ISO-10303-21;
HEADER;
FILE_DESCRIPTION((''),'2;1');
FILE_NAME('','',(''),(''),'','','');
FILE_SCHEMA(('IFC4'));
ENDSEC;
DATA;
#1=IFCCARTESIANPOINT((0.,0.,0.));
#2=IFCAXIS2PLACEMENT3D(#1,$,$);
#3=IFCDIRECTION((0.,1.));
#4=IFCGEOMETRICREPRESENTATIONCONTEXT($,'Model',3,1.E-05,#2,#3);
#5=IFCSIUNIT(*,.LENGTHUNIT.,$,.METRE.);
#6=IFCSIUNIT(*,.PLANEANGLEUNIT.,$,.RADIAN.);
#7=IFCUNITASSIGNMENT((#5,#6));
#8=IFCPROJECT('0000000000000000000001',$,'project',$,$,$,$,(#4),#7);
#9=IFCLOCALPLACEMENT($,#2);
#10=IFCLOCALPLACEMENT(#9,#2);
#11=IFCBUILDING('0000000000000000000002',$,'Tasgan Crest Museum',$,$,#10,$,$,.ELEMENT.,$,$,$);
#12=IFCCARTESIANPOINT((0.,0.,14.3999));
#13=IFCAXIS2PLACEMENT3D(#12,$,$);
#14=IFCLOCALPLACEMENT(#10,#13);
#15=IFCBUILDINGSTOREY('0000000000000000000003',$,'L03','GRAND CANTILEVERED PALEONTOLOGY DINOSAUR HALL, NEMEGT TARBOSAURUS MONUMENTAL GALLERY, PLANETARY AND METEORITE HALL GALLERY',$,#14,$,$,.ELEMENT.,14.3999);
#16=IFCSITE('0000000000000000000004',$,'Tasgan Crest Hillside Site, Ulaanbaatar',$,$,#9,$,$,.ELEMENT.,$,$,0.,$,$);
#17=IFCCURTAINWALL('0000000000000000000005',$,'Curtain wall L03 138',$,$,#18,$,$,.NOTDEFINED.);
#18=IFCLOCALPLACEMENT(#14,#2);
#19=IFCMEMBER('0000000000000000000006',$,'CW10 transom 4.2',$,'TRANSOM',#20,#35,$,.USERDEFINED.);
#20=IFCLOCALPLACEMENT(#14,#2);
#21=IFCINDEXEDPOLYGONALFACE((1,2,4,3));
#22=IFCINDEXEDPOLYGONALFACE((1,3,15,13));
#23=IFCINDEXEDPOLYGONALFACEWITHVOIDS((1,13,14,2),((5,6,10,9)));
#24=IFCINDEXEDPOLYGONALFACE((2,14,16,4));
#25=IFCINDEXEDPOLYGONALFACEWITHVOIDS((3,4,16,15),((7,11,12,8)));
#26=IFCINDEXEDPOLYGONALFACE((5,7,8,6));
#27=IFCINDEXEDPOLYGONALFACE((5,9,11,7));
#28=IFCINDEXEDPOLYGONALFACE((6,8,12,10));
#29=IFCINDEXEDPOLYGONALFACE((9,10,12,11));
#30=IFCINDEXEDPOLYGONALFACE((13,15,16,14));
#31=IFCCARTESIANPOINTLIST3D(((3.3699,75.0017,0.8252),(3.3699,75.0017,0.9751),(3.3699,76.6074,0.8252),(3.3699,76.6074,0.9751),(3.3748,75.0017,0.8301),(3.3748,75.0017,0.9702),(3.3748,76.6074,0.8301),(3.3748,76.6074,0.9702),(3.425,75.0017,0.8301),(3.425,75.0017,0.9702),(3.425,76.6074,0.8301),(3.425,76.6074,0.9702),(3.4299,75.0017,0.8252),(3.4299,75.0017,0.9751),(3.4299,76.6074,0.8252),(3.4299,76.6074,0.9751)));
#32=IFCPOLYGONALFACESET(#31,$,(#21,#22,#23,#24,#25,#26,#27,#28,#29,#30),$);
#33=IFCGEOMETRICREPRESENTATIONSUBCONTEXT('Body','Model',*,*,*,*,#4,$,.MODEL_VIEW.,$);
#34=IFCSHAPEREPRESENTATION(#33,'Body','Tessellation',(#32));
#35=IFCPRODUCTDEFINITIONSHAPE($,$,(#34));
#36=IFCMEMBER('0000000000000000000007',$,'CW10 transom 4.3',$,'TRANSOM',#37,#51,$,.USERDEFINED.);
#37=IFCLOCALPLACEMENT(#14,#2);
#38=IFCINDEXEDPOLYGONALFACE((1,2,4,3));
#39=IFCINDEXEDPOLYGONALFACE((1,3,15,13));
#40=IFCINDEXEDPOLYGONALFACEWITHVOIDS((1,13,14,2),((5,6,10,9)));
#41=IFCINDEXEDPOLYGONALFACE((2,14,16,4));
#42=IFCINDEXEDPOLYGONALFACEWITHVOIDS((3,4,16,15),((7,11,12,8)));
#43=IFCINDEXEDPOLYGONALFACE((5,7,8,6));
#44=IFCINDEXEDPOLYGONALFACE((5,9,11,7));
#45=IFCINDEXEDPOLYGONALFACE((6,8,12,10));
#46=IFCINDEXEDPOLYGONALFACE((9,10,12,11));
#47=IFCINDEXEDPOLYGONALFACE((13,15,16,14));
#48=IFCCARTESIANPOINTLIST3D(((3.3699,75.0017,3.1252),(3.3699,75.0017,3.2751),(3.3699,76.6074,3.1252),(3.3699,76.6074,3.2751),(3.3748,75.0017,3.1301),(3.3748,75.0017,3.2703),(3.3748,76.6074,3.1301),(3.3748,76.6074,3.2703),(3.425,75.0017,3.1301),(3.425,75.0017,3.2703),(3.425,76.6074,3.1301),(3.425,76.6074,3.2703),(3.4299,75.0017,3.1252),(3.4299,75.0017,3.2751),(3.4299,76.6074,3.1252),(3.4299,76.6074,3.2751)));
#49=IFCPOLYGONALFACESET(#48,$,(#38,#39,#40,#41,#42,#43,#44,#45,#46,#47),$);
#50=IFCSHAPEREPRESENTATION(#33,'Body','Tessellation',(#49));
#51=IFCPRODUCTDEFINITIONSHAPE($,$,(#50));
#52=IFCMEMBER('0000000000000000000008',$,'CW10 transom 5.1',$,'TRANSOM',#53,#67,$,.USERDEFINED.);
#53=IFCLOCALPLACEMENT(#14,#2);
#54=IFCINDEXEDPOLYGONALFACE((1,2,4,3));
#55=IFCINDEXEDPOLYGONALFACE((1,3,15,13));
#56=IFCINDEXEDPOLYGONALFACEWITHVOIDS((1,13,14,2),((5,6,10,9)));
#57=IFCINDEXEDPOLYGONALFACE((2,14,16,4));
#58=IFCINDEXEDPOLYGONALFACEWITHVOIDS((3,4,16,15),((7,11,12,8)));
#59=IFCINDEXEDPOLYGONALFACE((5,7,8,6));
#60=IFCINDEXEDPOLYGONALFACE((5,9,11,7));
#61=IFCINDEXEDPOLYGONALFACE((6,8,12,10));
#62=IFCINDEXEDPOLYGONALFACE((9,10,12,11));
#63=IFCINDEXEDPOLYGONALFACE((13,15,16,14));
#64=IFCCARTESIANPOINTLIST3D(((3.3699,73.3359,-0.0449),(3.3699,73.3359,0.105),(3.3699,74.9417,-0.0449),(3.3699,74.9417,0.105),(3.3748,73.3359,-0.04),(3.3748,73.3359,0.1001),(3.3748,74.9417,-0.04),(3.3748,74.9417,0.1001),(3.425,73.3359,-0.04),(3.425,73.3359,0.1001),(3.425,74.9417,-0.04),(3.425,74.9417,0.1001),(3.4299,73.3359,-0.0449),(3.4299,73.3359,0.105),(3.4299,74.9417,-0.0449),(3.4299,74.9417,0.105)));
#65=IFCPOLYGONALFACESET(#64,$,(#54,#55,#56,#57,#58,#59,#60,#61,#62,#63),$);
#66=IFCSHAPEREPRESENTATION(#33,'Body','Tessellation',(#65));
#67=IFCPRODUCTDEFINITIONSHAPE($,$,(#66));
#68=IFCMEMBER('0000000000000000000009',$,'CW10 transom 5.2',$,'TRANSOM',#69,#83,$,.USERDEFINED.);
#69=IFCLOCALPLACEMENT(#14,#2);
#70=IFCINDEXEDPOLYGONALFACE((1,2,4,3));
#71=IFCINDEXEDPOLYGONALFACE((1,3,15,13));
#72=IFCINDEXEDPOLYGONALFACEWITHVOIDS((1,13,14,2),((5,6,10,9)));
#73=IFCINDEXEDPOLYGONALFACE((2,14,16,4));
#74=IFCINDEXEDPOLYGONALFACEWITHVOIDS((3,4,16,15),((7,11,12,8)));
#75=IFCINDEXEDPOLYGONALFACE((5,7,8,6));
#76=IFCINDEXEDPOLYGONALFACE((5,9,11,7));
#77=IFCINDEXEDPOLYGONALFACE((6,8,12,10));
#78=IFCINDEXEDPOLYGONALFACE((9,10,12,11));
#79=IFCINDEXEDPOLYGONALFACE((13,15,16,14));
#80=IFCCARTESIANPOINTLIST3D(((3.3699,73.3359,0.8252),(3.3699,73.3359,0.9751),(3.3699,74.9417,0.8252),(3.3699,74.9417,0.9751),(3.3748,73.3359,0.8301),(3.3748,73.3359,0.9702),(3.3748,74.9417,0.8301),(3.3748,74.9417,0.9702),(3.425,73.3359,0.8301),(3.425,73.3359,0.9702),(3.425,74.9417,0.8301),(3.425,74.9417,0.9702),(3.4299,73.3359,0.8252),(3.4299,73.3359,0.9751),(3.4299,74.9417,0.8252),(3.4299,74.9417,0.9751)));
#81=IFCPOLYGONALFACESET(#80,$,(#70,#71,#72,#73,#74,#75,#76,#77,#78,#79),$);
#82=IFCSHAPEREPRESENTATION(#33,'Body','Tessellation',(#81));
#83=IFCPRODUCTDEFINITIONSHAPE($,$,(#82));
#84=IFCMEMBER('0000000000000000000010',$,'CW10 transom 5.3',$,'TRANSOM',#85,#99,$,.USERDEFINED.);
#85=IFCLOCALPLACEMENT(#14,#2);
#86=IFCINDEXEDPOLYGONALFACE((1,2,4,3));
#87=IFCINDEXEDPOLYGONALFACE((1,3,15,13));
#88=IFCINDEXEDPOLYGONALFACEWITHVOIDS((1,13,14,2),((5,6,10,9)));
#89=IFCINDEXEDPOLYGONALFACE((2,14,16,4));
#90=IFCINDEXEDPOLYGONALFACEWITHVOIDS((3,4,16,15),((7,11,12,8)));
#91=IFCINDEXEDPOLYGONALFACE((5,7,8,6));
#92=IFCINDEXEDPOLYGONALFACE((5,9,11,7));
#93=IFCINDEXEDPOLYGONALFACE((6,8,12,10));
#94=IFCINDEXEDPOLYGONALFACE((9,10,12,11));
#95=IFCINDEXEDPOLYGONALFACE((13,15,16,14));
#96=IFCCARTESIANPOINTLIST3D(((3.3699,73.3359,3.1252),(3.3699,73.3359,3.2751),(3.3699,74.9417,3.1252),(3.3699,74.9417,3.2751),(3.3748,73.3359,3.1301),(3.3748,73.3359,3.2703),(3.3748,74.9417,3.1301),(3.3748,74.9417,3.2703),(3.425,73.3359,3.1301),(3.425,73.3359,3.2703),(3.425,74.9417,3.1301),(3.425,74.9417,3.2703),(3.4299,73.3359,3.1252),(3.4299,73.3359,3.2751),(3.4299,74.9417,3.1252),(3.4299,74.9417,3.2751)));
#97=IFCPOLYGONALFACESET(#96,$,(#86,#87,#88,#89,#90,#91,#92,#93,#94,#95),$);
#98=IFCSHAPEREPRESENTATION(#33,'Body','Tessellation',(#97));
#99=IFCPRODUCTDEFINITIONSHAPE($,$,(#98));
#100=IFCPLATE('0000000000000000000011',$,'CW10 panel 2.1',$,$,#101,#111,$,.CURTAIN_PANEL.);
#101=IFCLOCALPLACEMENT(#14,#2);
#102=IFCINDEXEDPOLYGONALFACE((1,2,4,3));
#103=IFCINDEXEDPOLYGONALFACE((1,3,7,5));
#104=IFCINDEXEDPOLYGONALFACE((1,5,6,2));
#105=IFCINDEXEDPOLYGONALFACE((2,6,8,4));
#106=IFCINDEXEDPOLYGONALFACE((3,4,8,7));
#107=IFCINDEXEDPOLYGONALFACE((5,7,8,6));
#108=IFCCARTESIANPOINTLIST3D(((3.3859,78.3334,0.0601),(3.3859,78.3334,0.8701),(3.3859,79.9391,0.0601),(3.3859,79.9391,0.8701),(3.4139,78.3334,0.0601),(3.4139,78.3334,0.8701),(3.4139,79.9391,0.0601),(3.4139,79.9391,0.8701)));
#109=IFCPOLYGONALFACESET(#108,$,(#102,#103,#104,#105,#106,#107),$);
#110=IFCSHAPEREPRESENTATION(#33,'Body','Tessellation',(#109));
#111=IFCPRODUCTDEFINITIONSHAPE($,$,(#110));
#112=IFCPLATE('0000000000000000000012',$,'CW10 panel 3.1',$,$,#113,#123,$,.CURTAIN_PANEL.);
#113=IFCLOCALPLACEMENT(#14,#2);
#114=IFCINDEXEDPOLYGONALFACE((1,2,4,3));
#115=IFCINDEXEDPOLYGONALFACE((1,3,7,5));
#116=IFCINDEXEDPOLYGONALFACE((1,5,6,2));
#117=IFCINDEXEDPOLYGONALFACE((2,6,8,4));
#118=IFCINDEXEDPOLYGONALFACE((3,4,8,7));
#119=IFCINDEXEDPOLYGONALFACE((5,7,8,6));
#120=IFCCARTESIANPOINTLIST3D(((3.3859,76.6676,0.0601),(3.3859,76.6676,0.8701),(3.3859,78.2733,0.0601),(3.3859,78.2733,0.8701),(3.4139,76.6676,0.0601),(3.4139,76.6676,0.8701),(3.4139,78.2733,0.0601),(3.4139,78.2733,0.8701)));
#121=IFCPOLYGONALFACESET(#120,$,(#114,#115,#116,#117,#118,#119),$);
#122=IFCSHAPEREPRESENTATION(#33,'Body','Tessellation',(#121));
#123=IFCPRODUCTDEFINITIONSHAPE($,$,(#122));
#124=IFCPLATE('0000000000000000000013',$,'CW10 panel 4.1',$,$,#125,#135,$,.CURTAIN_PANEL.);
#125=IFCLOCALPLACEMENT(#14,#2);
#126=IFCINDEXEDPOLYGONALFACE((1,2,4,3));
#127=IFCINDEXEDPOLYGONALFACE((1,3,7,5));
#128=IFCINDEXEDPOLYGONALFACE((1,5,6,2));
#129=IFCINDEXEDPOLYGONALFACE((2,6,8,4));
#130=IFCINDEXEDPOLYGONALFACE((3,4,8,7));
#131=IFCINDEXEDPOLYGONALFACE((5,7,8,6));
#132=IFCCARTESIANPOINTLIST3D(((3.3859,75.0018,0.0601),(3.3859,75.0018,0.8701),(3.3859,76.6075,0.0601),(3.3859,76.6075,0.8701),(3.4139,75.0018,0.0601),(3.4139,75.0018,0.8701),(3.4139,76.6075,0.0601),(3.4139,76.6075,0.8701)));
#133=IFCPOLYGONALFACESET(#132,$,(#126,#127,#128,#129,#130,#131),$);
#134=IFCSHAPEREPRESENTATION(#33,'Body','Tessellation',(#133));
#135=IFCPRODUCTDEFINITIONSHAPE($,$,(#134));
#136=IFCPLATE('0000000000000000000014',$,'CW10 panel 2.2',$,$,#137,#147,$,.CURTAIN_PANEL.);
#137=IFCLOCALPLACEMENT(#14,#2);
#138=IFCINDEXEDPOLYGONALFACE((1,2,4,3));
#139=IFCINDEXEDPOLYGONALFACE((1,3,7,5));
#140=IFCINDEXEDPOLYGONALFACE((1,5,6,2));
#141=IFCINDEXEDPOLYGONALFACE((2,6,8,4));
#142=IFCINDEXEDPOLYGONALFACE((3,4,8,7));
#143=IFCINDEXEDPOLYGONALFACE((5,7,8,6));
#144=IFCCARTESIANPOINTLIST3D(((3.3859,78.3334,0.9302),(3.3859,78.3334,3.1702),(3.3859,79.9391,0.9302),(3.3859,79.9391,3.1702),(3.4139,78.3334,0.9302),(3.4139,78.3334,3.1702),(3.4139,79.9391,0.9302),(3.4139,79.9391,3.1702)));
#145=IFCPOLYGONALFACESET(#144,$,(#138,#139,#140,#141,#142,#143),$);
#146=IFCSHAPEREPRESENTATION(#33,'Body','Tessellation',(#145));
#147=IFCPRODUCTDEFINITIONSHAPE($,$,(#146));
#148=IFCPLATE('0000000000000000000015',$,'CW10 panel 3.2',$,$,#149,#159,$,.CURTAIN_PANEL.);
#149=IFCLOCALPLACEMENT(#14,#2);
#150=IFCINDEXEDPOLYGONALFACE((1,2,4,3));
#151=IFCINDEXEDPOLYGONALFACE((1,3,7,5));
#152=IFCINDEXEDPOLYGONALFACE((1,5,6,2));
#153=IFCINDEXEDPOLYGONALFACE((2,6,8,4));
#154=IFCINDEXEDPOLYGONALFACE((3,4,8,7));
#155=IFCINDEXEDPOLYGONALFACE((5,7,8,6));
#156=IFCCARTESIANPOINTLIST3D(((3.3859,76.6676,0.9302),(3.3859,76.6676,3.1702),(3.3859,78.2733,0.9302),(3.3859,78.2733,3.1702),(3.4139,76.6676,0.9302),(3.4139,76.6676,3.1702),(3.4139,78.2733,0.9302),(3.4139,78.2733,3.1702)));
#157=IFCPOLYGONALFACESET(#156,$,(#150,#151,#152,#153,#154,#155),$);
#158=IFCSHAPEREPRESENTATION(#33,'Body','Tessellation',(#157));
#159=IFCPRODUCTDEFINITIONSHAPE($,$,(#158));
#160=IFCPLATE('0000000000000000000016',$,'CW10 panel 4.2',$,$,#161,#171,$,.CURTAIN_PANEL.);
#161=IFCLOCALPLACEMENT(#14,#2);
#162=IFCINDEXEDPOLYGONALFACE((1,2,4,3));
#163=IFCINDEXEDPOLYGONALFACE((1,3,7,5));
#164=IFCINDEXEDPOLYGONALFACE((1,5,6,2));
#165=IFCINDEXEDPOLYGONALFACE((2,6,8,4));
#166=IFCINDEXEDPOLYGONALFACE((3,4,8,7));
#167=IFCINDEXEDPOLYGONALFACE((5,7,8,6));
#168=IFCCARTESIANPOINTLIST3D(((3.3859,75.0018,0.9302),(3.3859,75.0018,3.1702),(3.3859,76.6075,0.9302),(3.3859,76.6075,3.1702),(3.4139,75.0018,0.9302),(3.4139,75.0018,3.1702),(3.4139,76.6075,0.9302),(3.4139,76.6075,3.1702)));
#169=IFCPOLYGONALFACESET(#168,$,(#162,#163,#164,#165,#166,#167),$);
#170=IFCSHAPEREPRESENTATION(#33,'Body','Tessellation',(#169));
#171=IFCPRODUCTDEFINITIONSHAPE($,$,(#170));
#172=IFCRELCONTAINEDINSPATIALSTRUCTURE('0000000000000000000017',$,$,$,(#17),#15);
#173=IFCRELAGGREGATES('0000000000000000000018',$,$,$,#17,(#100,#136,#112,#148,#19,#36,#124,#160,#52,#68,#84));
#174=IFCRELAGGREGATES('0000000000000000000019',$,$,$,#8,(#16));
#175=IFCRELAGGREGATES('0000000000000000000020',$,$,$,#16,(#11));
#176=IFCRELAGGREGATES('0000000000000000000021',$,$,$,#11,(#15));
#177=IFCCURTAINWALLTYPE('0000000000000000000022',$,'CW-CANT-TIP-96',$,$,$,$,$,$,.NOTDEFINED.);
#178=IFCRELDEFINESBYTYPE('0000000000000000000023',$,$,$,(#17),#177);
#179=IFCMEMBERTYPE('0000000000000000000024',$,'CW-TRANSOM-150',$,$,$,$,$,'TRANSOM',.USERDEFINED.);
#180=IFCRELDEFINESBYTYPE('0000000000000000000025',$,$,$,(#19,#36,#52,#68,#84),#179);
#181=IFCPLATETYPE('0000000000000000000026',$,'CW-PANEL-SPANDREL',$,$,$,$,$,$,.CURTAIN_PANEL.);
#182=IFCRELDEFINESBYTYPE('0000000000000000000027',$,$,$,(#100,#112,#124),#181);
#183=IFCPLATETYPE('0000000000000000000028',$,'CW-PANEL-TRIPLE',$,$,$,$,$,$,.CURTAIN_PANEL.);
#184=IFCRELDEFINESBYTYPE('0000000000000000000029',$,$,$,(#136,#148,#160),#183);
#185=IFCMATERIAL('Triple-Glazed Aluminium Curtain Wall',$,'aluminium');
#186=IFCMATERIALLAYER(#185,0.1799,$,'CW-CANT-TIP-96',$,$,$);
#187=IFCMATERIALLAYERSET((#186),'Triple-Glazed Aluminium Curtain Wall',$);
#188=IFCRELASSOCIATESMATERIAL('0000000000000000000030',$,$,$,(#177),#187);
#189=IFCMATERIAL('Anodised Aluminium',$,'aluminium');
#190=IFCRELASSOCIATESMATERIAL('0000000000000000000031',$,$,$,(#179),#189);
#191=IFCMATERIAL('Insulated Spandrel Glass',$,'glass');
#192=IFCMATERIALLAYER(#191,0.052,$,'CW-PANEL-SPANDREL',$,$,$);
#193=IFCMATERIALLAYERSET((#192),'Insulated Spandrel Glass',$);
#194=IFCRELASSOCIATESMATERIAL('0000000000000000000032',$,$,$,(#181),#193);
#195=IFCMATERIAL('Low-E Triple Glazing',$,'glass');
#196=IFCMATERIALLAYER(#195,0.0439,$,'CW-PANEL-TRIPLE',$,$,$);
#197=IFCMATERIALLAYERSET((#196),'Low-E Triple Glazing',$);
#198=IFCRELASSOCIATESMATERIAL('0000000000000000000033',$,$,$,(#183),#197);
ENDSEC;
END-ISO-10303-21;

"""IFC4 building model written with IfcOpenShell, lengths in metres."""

from ifc_helpers import new_model, si_unit, direction, frame, origin, origin_2d, place, context, subcontext, project, spatial, rectangle, hollow_rectangle, extrude, material, layer, layer_set, material_profile, profile_set, type_object, element, aggregate, save


model = new_model("IFC4")

# Units and contexts
model_context = context("Model", 3, precision=1e-05, world=origin(), true_north=direction((0.0, 1.0)))
body_context = subcontext(model_context, "Body", "Model", "MODEL_VIEW")
ifc_project = project(units=[si_unit("LENGTHUNIT", "METRE"), si_unit("PLANEANGLEUNIT", "RADIAN")], contexts=[model_context])

# Site, building, storey
site_placement = place(None, origin())
site = spatial("IfcSite", under=ifc_project, at=site_placement, Name="Tasgan Crest Hillside Site, Ulaanbaatar", CompositionType="ELEMENT", RefElevation=0.0)
building_placement = place(site_placement, origin())
building = spatial("IfcBuilding", under=site, at=building_placement, Name="Tasgan Crest Museum", CompositionType="ELEMENT")
storey_placement = place(building_placement, frame((0.0, 0.0, 14.3999)))
storey = spatial("IfcBuildingStorey", under=building, at=storey_placement, Name="L03", Description="GRAND CANTILEVERED PALEONTOLOGY DINOSAUR HALL, NEMEGT TARBOSAURUS MONUMENTAL GALLERY, PLANETARY AND METEORITE HALL GALLERY", CompositionType="ELEMENT", Elevation=14.3999)

# Curtain wall, members, plates
ifc_material_1 = material(Name="Triple-Glazed Aluminium Curtain Wall", Category="aluminium")
ifc_layer_1 = layer(ifc_material_1, 0.1799, Name="CW-CANT-TIP-96")
ifc_layer_set_1 = layer_set([ifc_layer_1], Name="Triple-Glazed Aluminium Curtain Wall")
curtain_wall_type = type_object("IfcCurtainWallType", Name="CW-CANT-TIP-96", PredefinedType="NOTDEFINED", material=ifc_layer_set_1)
curtain_wall_placement = place(storey_placement, origin())
curtain_wall = element("IfcCurtainWall", 1, at=curtain_wall_placement, inside=storey, type_object=curtain_wall_type, Name="Curtain wall L03 138", PredefinedType="NOTDEFINED")
ifc_material_2 = material(Name="Anodised Aluminium", Category="aluminium")
ifc_material_profile_1 = material_profile(ifc_material_2, hollow_rectangle(XDim=0.0601, YDim=0.1499, WallThickness=0.0049, at=origin_2d()), Name="ALU TRANSOM 150x60x5")
ifc_profile_set_1 = profile_set([ifc_material_profile_1], Name="Anodised Aluminium")
member_type_1 = type_object("IfcMemberType", Name="CW-TRANSOM-150", ElementType="TRANSOM", PredefinedType="USERDEFINED", material=ifc_profile_set_1)
member_1_placement = place(storey_placement, frame((3.3999, 76.6074, 0.9001), z_axis=(0.0, -1.0, 0.0), x_axis=(1.0, 0.0, 0.0)))
member_1 = element("IfcMember", 2, at=member_1_placement, type_object=member_type_1, Name="CW10 transom 4.2", ObjectType="TRANSOM", PredefinedType="USERDEFINED", context=body_context, shape_type="SweptSolid", body=[
    extrude(hollow_rectangle(XDim=0.0601, YDim=0.1499, WallThickness=0.0049, at=origin_2d()), origin(), (0.0, 0.0, 1.0), 1.6057),
])
member_2_placement = place(storey_placement, frame((3.3999, 76.6074, 3.2002), z_axis=(0.0, -1.0, 0.0), x_axis=(1.0, 0.0, 0.0)))
member_2 = element("IfcMember", 3, at=member_2_placement, type_object=member_type_1, Name="CW10 transom 4.3", ObjectType="TRANSOM", PredefinedType="USERDEFINED", context=body_context, shape_type="SweptSolid", body=[
    extrude(hollow_rectangle(XDim=0.0601, YDim=0.1499, WallThickness=0.0049, at=origin_2d()), origin(), (0.0, 0.0, 1.0), 1.6057),
])
member_3_placement = place(storey_placement, frame((3.3999, 74.9417, 0.03), z_axis=(0.0, -1.0, 0.0), x_axis=(1.0, 0.0, 0.0)))
member_3 = element("IfcMember", 4, at=member_3_placement, type_object=member_type_1, Name="CW10 transom 5.1", ObjectType="TRANSOM", PredefinedType="USERDEFINED", context=body_context, shape_type="SweptSolid", body=[
    extrude(hollow_rectangle(XDim=0.0601, YDim=0.1499, WallThickness=0.0049, at=origin_2d()), origin(), (0.0, 0.0, 1.0), 1.6057),
])
member_4_placement = place(storey_placement, frame((3.3999, 74.9417, 0.9001), z_axis=(0.0, -1.0, 0.0), x_axis=(1.0, 0.0, 0.0)))
member_4 = element("IfcMember", 5, at=member_4_placement, type_object=member_type_1, Name="CW10 transom 5.2", ObjectType="TRANSOM", PredefinedType="USERDEFINED", context=body_context, shape_type="SweptSolid", body=[
    extrude(hollow_rectangle(XDim=0.0601, YDim=0.1499, WallThickness=0.0049, at=origin_2d()), origin(), (0.0, 0.0, 1.0), 1.6057),
])
member_5_placement = place(storey_placement, frame((3.3999, 74.9417, 3.2002), z_axis=(0.0, -1.0, 0.0), x_axis=(1.0, 0.0, 0.0)))
member_5 = element("IfcMember", 6, at=member_5_placement, type_object=member_type_1, Name="CW10 transom 5.3", ObjectType="TRANSOM", PredefinedType="USERDEFINED", context=body_context, shape_type="SweptSolid", body=[
    extrude(hollow_rectangle(XDim=0.0601, YDim=0.1499, WallThickness=0.0049, at=origin_2d()), origin(), (0.0, 0.0, 1.0), 1.6057),
])
ifc_material_3 = material(Name="Insulated Spandrel Glass", Category="glass")
ifc_layer_2 = layer(ifc_material_3, 0.052, Name="CW-PANEL-SPANDREL")
ifc_layer_set_2 = layer_set([ifc_layer_2], Name="Insulated Spandrel Glass")
plate_type_1 = type_object("IfcPlateType", Name="CW-PANEL-SPANDREL", PredefinedType="CURTAIN_PANEL", material=ifc_layer_set_2)
plate_1_placement = place(storey_placement, frame((3.3999, 79.1362, 0.0601), z_axis=(0.0, 0.0, 1.0), x_axis=(0.0, -1.0, 0.0)))
plate_1 = element("IfcPlate", 7, at=plate_1_placement, type_object=plate_type_1, Name="CW10 panel 2.1", PredefinedType="CURTAIN_PANEL", context=body_context, shape_type="SweptSolid", body=[
    extrude(rectangle(XDim=1.6057, YDim=0.0281, at=origin_2d()), origin(), (0.0, 0.0, 1.0), 0.8101),
])
plate_2_placement = place(storey_placement, frame((3.3999, 77.4705, 0.0601), z_axis=(0.0, 0.0, 1.0), x_axis=(0.0, -1.0, 0.0)))
plate_2 = element("IfcPlate", 8, at=plate_2_placement, type_object=plate_type_1, Name="CW10 panel 3.1", PredefinedType="CURTAIN_PANEL", context=body_context, shape_type="SweptSolid", body=[
    extrude(rectangle(XDim=1.6057, YDim=0.0281, at=origin_2d()), origin(), (0.0, 0.0, 1.0), 0.8101),
])
plate_3_placement = place(storey_placement, frame((3.3999, 75.8047, 0.0601), z_axis=(0.0, 0.0, 1.0), x_axis=(0.0, -1.0, 0.0)))
plate_3 = element("IfcPlate", 9, at=plate_3_placement, type_object=plate_type_1, Name="CW10 panel 4.1", PredefinedType="CURTAIN_PANEL", context=body_context, shape_type="SweptSolid", body=[
    extrude(rectangle(XDim=1.6057, YDim=0.0281, at=origin_2d()), origin(), (0.0, 0.0, 1.0), 0.8101),
])
ifc_material_4 = material(Name="Low-E Triple Glazing", Category="glass")
ifc_layer_3 = layer(ifc_material_4, 0.0439, Name="CW-PANEL-TRIPLE")
ifc_layer_set_3 = layer_set([ifc_layer_3], Name="Low-E Triple Glazing")
plate_type_2 = type_object("IfcPlateType", Name="CW-PANEL-TRIPLE", PredefinedType="CURTAIN_PANEL", material=ifc_layer_set_3)
plate_4_placement = place(storey_placement, frame((3.3999, 79.1362, 0.9302), z_axis=(0.0, 0.0, 1.0), x_axis=(0.0, -1.0, 0.0)))
plate_4 = element("IfcPlate", 10, at=plate_4_placement, type_object=plate_type_2, Name="CW10 panel 2.2", PredefinedType="CURTAIN_PANEL", context=body_context, shape_type="SweptSolid", body=[
    extrude(rectangle(XDim=1.6057, YDim=0.0281, at=origin_2d()), origin(), (0.0, 0.0, 1.0), 2.24),
])
plate_5_placement = place(storey_placement, frame((3.3999, 77.4705, 0.9302), z_axis=(0.0, 0.0, 1.0), x_axis=(0.0, -1.0, 0.0)))
plate_5 = element("IfcPlate", 11, at=plate_5_placement, type_object=plate_type_2, Name="CW10 panel 3.2", PredefinedType="CURTAIN_PANEL", context=body_context, shape_type="SweptSolid", body=[
    extrude(rectangle(XDim=1.6057, YDim=0.0281, at=origin_2d()), origin(), (0.0, 0.0, 1.0), 2.24),
])
plate_6_placement = place(storey_placement, frame((3.3999, 75.8047, 0.9302), z_axis=(0.0, 0.0, 1.0), x_axis=(0.0, -1.0, 0.0)))
plate_6 = element("IfcPlate", 12, at=plate_6_placement, type_object=plate_type_2, Name="CW10 panel 4.2", PredefinedType="CURTAIN_PANEL", context=body_context, shape_type="SweptSolid", body=[
    extrude(rectangle(XDim=1.6057, YDim=0.0281, at=origin_2d()), origin(), (0.0, 0.0, 1.0), 2.24),
])
aggregate(curtain_wall, [plate_1, plate_4, plate_2, plate_5, member_1, member_2, plate_3, plate_6, member_3, member_4, member_5])

save(model, "model.ifc")
